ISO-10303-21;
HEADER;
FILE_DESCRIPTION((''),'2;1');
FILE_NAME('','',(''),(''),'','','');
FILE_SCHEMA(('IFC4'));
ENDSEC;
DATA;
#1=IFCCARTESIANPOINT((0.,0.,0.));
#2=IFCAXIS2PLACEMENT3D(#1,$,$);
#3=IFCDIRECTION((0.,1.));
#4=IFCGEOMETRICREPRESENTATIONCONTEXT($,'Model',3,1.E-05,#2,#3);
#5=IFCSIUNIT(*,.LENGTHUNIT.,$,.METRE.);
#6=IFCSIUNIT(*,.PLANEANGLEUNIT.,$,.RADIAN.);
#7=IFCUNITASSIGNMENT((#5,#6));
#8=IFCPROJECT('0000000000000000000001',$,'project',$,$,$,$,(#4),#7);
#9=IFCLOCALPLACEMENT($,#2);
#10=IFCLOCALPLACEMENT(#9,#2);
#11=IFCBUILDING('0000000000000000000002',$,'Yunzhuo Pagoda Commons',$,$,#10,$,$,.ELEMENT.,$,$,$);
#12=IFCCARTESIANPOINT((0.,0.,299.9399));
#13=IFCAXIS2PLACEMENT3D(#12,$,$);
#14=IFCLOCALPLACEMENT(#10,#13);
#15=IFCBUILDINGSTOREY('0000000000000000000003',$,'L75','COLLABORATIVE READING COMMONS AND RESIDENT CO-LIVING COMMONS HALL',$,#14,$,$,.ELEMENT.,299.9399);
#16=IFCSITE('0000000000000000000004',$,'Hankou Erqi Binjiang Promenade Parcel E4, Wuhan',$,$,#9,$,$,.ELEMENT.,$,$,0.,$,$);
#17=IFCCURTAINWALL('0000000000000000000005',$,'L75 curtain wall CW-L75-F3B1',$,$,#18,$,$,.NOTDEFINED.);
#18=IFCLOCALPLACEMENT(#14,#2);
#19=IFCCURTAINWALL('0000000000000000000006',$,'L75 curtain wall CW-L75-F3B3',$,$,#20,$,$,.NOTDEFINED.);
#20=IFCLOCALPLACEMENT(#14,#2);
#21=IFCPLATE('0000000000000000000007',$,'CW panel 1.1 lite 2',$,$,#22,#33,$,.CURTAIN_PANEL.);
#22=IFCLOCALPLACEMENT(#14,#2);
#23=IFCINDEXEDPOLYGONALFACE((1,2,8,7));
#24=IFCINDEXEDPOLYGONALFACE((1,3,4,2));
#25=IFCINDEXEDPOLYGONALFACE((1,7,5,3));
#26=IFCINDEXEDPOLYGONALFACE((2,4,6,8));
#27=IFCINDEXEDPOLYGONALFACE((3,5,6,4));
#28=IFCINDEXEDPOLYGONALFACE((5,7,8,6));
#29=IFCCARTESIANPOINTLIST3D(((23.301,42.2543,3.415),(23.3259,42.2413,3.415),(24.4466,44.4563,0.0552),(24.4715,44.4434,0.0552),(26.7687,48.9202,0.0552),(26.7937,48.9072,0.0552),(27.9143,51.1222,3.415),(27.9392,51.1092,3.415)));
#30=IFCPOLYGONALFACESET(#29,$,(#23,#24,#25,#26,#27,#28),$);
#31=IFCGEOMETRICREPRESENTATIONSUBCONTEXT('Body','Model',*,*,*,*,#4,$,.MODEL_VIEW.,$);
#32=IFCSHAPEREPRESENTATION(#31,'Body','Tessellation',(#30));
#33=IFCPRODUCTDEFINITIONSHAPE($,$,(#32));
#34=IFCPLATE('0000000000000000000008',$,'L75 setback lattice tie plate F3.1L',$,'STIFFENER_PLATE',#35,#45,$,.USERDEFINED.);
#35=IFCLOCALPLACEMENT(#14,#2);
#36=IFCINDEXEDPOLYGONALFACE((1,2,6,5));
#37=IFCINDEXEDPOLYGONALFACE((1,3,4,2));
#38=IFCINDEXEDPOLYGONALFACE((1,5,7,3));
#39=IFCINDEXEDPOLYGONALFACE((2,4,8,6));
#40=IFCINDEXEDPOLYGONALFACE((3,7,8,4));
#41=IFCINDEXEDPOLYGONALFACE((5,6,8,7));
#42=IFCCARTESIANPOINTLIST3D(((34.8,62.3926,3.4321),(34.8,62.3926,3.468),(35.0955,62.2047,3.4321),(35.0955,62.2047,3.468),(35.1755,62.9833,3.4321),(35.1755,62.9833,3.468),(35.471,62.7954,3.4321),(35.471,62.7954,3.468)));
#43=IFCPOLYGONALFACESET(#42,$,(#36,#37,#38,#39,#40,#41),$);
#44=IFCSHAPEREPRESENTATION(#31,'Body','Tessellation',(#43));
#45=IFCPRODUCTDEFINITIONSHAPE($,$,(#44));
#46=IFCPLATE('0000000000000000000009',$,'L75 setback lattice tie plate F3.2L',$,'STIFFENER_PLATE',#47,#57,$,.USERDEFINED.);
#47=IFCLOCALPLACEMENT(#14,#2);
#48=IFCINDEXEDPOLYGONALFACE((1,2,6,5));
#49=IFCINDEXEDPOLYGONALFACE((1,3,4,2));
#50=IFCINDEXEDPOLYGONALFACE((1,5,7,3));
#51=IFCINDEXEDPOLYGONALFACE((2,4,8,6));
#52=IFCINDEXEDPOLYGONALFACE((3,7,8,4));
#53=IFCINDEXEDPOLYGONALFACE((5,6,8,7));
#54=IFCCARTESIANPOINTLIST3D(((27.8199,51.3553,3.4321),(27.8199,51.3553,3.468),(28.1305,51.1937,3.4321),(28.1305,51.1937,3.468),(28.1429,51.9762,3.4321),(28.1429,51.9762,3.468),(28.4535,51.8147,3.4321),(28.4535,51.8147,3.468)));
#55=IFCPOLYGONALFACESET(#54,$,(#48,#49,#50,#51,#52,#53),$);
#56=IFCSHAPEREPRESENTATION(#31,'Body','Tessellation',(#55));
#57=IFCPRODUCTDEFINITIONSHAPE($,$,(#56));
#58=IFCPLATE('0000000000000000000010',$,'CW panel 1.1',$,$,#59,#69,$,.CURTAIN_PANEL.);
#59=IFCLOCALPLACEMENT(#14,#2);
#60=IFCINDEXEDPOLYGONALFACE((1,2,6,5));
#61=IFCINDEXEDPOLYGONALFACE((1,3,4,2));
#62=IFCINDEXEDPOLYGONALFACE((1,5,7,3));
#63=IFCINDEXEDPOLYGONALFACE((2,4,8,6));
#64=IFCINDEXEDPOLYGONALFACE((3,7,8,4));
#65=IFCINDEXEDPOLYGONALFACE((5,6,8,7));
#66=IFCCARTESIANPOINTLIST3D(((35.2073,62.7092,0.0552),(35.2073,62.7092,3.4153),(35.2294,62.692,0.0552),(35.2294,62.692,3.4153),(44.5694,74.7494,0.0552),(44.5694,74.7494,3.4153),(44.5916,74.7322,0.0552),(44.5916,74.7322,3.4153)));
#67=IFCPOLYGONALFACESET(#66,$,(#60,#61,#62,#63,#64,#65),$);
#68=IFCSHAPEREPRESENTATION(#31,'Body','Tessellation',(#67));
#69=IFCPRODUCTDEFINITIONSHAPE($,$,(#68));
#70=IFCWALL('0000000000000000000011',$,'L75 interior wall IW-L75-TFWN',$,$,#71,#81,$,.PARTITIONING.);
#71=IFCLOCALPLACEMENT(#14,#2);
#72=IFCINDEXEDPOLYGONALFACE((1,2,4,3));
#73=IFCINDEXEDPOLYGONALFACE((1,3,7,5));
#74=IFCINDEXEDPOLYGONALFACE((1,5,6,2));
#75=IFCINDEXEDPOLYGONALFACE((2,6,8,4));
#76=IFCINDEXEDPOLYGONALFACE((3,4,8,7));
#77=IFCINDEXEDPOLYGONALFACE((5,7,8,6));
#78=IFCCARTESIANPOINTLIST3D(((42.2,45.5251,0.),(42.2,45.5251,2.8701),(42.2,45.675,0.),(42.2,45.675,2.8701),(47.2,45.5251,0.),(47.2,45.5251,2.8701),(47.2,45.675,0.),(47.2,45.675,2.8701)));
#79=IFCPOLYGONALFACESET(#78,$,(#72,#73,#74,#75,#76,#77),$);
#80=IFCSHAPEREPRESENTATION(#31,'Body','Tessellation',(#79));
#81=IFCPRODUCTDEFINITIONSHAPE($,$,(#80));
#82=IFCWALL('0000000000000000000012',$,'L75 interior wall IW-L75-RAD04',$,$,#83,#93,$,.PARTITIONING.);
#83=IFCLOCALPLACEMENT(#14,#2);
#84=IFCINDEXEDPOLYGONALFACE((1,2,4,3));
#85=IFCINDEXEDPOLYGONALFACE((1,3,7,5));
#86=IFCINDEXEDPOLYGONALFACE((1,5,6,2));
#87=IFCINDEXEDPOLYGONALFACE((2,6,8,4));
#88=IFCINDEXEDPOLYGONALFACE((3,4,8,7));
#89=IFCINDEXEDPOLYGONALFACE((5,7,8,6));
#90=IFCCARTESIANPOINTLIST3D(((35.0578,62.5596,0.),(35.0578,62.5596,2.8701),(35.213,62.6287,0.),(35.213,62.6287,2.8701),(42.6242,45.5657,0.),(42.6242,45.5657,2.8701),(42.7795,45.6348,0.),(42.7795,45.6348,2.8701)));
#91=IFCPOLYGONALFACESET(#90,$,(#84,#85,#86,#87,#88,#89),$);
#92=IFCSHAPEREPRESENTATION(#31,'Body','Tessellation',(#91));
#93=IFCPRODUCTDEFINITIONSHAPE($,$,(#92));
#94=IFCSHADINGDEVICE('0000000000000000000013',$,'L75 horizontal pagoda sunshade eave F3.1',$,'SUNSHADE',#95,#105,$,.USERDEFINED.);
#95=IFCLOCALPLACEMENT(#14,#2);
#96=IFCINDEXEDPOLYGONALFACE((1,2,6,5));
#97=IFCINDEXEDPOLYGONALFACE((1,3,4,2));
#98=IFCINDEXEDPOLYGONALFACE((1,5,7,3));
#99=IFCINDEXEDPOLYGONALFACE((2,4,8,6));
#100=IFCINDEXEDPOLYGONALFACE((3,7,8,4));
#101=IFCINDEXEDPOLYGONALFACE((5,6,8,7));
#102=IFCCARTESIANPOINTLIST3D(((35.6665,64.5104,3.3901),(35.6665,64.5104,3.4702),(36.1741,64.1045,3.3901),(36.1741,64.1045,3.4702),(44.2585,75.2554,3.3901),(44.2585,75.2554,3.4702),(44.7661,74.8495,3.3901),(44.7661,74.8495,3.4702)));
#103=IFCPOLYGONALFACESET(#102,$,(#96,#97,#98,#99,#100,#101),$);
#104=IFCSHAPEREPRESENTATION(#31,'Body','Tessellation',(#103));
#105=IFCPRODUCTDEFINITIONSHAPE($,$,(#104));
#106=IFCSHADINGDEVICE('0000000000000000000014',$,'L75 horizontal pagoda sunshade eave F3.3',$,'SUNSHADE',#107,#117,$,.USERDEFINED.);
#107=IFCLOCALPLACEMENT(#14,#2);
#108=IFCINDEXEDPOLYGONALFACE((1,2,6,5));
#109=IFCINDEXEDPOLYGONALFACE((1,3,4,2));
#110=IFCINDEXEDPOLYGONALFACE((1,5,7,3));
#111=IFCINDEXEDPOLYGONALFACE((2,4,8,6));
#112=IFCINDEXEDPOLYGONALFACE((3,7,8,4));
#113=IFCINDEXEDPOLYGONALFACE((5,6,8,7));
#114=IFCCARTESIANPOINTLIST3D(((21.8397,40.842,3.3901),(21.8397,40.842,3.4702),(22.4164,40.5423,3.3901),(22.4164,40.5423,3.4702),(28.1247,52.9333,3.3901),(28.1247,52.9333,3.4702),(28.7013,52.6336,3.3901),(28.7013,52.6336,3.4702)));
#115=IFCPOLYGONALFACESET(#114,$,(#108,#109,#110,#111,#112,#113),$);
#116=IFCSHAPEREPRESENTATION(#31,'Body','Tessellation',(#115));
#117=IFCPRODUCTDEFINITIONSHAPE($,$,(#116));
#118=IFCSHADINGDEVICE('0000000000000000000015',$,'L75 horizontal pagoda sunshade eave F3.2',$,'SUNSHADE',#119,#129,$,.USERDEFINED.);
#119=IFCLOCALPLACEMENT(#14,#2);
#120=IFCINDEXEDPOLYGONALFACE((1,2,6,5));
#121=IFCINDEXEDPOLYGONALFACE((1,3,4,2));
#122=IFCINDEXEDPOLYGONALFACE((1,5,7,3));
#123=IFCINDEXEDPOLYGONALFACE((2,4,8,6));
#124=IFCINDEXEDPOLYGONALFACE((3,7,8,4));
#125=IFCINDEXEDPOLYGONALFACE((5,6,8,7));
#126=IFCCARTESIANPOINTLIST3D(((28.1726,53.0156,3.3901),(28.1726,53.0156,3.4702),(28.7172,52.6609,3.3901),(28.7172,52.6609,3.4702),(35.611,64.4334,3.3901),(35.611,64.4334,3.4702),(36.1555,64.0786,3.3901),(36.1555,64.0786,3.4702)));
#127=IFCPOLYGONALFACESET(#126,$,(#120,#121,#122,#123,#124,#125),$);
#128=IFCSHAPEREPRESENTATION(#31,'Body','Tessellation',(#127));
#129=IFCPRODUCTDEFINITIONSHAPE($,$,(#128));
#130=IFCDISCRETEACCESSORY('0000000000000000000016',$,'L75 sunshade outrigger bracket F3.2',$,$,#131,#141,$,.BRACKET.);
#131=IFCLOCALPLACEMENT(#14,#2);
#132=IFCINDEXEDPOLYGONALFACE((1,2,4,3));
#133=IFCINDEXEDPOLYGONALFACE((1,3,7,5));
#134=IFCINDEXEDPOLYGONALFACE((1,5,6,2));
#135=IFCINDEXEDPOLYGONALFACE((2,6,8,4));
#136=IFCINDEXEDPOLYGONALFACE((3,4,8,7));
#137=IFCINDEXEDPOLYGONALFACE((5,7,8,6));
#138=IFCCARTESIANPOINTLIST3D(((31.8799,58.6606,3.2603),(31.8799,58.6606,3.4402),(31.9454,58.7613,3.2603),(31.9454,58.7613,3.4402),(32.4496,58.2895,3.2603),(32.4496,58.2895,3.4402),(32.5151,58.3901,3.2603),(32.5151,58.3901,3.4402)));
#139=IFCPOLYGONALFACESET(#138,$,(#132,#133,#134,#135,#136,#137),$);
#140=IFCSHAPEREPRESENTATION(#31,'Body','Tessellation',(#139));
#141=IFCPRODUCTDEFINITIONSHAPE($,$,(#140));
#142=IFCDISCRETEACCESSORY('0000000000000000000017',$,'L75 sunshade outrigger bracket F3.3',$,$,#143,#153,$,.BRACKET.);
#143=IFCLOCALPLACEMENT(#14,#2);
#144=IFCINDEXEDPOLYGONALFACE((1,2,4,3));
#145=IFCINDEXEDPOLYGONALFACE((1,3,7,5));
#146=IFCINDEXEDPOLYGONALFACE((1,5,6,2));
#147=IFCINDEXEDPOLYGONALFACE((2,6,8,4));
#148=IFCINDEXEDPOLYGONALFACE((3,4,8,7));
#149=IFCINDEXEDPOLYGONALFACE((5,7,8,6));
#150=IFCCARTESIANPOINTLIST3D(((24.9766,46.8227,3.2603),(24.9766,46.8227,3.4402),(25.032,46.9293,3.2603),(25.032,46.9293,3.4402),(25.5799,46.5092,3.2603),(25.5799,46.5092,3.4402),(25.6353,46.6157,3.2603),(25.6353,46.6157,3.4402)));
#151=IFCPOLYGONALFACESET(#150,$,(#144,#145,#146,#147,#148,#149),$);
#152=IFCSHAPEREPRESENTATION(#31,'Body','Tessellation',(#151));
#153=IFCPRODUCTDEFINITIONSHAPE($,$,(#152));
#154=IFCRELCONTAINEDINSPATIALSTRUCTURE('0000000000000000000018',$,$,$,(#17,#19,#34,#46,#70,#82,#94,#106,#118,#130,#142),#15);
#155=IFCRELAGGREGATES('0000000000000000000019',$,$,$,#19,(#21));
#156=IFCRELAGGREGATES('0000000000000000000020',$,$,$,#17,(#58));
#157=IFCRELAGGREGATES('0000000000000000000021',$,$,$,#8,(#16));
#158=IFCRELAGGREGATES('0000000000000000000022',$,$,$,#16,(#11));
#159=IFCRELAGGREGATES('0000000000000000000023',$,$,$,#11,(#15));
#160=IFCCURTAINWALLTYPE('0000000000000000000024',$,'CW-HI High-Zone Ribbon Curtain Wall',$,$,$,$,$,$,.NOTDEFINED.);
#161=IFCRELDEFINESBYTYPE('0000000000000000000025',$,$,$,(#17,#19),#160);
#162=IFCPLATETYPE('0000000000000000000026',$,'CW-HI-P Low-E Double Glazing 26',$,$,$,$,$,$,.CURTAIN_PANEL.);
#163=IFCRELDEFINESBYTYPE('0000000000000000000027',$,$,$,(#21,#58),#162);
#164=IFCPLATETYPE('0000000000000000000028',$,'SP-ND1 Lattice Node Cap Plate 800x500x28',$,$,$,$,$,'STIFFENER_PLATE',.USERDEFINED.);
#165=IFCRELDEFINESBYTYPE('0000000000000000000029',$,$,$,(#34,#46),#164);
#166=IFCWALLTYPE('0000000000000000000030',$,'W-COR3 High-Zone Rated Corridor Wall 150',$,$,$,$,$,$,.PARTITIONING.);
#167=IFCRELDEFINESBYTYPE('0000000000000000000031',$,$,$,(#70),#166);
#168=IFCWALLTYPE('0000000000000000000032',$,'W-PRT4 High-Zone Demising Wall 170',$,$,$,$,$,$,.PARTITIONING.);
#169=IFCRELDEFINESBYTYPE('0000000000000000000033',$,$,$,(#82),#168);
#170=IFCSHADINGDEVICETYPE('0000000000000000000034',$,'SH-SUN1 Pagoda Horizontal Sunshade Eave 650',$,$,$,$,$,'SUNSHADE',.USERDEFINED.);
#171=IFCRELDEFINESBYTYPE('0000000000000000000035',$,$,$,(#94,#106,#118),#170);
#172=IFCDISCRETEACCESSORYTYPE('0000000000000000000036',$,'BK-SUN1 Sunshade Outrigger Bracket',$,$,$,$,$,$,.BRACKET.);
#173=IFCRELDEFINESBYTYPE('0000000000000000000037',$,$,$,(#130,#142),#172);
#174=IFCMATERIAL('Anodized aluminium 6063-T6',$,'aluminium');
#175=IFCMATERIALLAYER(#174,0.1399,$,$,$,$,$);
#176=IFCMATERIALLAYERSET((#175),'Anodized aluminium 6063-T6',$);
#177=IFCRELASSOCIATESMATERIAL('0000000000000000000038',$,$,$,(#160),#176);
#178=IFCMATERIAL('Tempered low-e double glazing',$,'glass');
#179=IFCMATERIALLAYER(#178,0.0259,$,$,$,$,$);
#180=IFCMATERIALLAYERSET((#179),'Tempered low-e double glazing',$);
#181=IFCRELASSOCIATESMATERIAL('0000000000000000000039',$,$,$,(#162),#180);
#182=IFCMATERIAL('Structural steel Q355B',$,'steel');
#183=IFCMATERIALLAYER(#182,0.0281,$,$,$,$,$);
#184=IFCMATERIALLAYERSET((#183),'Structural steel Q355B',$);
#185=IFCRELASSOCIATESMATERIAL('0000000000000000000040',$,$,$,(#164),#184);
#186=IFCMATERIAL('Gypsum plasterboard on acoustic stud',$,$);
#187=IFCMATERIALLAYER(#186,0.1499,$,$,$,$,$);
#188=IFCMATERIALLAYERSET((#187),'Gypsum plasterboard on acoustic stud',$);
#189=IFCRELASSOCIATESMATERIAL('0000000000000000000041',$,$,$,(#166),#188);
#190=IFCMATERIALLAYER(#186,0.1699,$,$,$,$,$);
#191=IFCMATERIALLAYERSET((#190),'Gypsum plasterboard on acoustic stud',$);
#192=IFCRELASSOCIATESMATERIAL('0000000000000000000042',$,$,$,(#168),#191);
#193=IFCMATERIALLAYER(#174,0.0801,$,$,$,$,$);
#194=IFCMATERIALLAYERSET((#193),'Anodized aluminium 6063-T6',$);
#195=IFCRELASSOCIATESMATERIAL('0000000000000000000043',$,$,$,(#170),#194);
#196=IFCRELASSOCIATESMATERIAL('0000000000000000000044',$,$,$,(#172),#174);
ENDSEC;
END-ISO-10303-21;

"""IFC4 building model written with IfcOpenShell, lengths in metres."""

from ifc_helpers import new_model, si_unit, direction, frame, frame_2d, origin, origin_2d, place, context, subcontext, project, spatial, polyline, rectangle, outline, extrude, source, transform, mapped, material, layer, layer_set, type_object, element, aggregate, save


model = new_model("IFC4")

# Units and contexts
model_context = context("Model", 3, precision=1e-05, world=origin(), true_north=direction((0.0, 1.0)))
body_context = subcontext(model_context, "Body", "Model", "MODEL_VIEW")
ifc_project = project(units=[si_unit("LENGTHUNIT", "METRE"), si_unit("PLANEANGLEUNIT", "RADIAN")], contexts=[model_context])

# Site, building, storey
site_placement = place(None, origin())
site = spatial("IfcSite", under=ifc_project, at=site_placement, Name="Hankou Erqi Binjiang Promenade Parcel E4, Wuhan", CompositionType="ELEMENT", RefElevation=0.0)
building_placement = place(site_placement, origin())
building = spatial("IfcBuilding", under=site, at=building_placement, Name="Yunzhuo Pagoda Commons", CompositionType="ELEMENT")
storey_placement = place(building_placement, frame((0.0, 0.0, 299.9399)))
storey = spatial("IfcBuildingStorey", under=building, at=storey_placement, Name="L75", Description="COLLABORATIVE READING COMMONS AND RESIDENT CO-LIVING COMMONS HALL", CompositionType="ELEMENT", Elevation=299.9399)

# Shared definitions
ifc_material_1 = material(Name="Structural steel Q355B", Category="steel")

# Curtain walls
ifc_material_2 = material(Name="Anodized aluminium 6063-T6", Category="aluminium")
ifc_layer_1 = layer(ifc_material_2, 0.1399)
ifc_layer_set_1 = layer_set([ifc_layer_1], Name="Anodized aluminium 6063-T6")
curtain_wall_type = type_object("IfcCurtainWallType", Name="CW-HI High-Zone Ribbon Curtain Wall", PredefinedType="NOTDEFINED", material=ifc_layer_set_1)
curtain_wall_1_placement = place(storey_placement, origin())
curtain_wall_1 = element("IfcCurtainWall", 1, at=curtain_wall_1_placement, inside=storey, type_object=curtain_wall_type, Name="L75 curtain wall CW-L75-F3B1", PredefinedType="NOTDEFINED")
curtain_wall_2_placement = place(storey_placement, origin())
curtain_wall_2 = element("IfcCurtainWall", 2, at=curtain_wall_2_placement, inside=storey, type_object=curtain_wall_type, Name="L75 curtain wall CW-L75-F3B3", PredefinedType="NOTDEFINED")

# Plate
ifc_material_3 = material(Name="Tempered low-e double glazing", Category="glass")
ifc_layer_2 = layer(ifc_material_3, 0.0259)
ifc_layer_set_2 = layer_set([ifc_layer_2], Name="Tempered low-e double glazing")
plate_type_1 = type_object("IfcPlateType", Name="CW-HI-P Low-E Double Glazing 26", PredefinedType="CURTAIN_PANEL", material=ifc_layer_set_2)
plate_1_placement = place(storey_placement, frame((25.6326, 46.6753, 1.7351), z_axis=(-0.887137, 0.461505, 0.0), x_axis=(-0.461505, -0.887137, 0.0)))
plate_1 = element("IfcPlate", 3, at=plate_1_placement, type_object=plate_type_1, Name="CW panel 1.1 lite 2", PredefinedType="CURTAIN_PANEL", context=body_context, shape_type="SweptSolid", body=[
    extrude(outline(polyline([(-4.998, 1.6799), (-2.5159, -1.6799), (2.5159, -1.6799), (4.998, 1.6799), (-4.998, 1.6799)])), origin(), (0.0, 0.0, 1.0), 0.0281),
])
aggregate(curtain_wall_2, [plate_1])

# Plates
ifc_layer_3 = layer(ifc_material_1, 0.0281)
ifc_layer_set_3 = layer_set([ifc_layer_3], Name="Structural steel Q355B")
plate_type_2 = type_object("IfcPlateType", Name="SP-ND1 Lattice Node Cap Plate 800x500x28", ElementType="STIFFENER_PLATE", PredefinedType="USERDEFINED", material=ifc_layer_set_3)
shared_shape_1 = source(origin(), body_context, "Body", "SweptSolid", [
    extrude(rectangle(XDim=0.7, YDim=0.3501, at=origin_2d()), origin(), (0.0, 0.0, 1.0), 0.0359),
])
for number, where, z_axis, x_axis, name in (
    (4, (35.1355, 62.594, 3.4321), (0.0, 0.0, 1.0), (-0.53649, -0.843907, 0.0), "L75 setback lattice tie plate F3.1L"),
    (5, (28.1367, 51.585, 3.4321), (0.0, 0.0, 1.0), (-0.461501, -0.88714, 0.0), "L75 setback lattice tie plate F3.2L"),
):
    element("IfcPlate", number, at=place(storey_placement, frame(where, z_axis=z_axis, x_axis=x_axis)), inside=storey, type_object=plate_type_2, Name=name, ObjectType="STIFFENER_PLATE", PredefinedType="USERDEFINED", context=body_context, shape_type="MappedRepresentation", body=[
        mapped(shared_shape_1, transform((0.0, 0.0, 0.0), scale=1.0)),
    ])

# Plate
shared_shape_2 = source(origin(), body_context, "Body", "SweptSolid", [
    extrude(rectangle(XDim=15.2517, YDim=0.0281, at=origin_2d()), origin(), (0.0, 0.0, 1.0), 3.3601),
])
plate_2_placement = place(storey_placement, frame((39.8994, 68.7207, 0.0552), z_axis=(0.0, 0.0, 1.0), x_axis=(-0.61384, -0.78943, 0.0)))
plate_2 = element("IfcPlate", 6, at=plate_2_placement, type_object=plate_type_1, Name="CW panel 1.1", PredefinedType="CURTAIN_PANEL", context=body_context, shape_type="MappedRepresentation", body=[
    mapped(shared_shape_2, transform((0.0, 0.0, 0.0), scale=1.0)),
])
aggregate(curtain_wall_1, [plate_2])

# Walls
ifc_material_4 = material(Name="Gypsum plasterboard on acoustic stud")
ifc_layer_4 = layer(ifc_material_4, 0.1499)
ifc_layer_set_4 = layer_set([ifc_layer_4], Name="Gypsum plasterboard on acoustic stud")
wall_type_1 = type_object("IfcWallType", Name="W-COR3 High-Zone Rated Corridor Wall 150", PredefinedType="PARTITIONING", material=ifc_layer_set_4)
wall_1_placement = place(storey_placement, frame((42.2, 45.6001, 0.0), z_axis=(0.0, 0.0, 1.0), x_axis=(1.0, 0.0, 0.0)))
element("IfcWall", 7, at=wall_1_placement, inside=storey, type_object=wall_type_1, Name="L75 interior wall IW-L75-TFWN", PredefinedType="PARTITIONING", context=body_context, shape_type="SweptSolid", body=[
    extrude(rectangle(XDim=5.0, YDim=0.1499, at=frame_2d((2.5, 0.0))), origin(), (0.0, 0.0, 1.0), 2.8701),
])
ifc_layer_5 = layer(ifc_material_4, 0.1699)
ifc_layer_set_5 = layer_set([ifc_layer_5], Name="Gypsum plasterboard on acoustic stud")
wall_type_2 = type_object("IfcWallType", Name="W-PRT4 High-Zone Demising Wall 170", PredefinedType="PARTITIONING", material=ifc_layer_set_5)
wall_2_placement = place(storey_placement, frame((42.7019, 45.6001, 0.0), z_axis=(0.0, 0.0, 1.0), x_axis=(-0.406747, 0.913541, 0.0)))
element("IfcWall", 8, at=wall_2_placement, inside=storey, type_object=wall_type_2, Name="L75 interior wall IW-L75-RAD04", PredefinedType="PARTITIONING", context=body_context, shape_type="SweptSolid", body=[
    extrude(rectangle(XDim=18.6023, YDim=0.1699, at=frame_2d((9.3013, 0.0))), origin(), (0.0, 0.0, 1.0), 2.8701),
])

# Shading devices
ifc_layer_6 = layer(ifc_material_2, 0.0801)
ifc_layer_set_6 = layer_set([ifc_layer_6], Name="Anodized aluminium 6063-T6")
shading_device_type = type_object("IfcShadingDeviceType", Name="SH-SUN1 Pagoda Horizontal Sunshade Eave 650", ElementType="SUNSHADE", PredefinedType="USERDEFINED", material=ifc_layer_set_6)
shared_shape_3 = source(origin(), body_context, "Body", "SweptSolid", [
    extrude(rectangle(XDim=13.7578, YDim=0.6499, at=origin_2d()), origin(), (0.0, 0.0, 1.0), 0.0801),
])
shading_device_1_placement = place(storey_placement, frame((40.2163, 69.6799, 3.3901), z_axis=(0.0, 0.0, 1.0), x_axis=(-0.62452, -0.781008, 0.0)))
element("IfcShadingDevice", 9, at=shading_device_1_placement, inside=storey, type_object=shading_device_type, Name="L75 horizontal pagoda sunshade eave F3.1", ObjectType="SUNSHADE", PredefinedType="USERDEFINED", context=body_context, shape_type="MappedRepresentation", body=[
    mapped(shared_shape_3, transform((0.0, 0.0, 0.0), scale=1.0)),
])
shared_shape_4 = source(origin(), body_context, "Body", "SweptSolid", [
    extrude(rectangle(XDim=13.6272, YDim=0.6499, at=origin_2d()), origin(), (0.0, 0.0, 1.0), 0.0801),
])
shading_device_2_placement = place(storey_placement, frame((25.2705, 46.7378, 3.3901), z_axis=(0.0, 0.0, 1.0), x_axis=(-0.461207, -0.887293, 0.0)))
element("IfcShadingDevice", 10, at=shading_device_2_placement, inside=storey, type_object=shading_device_type, Name="L75 horizontal pagoda sunshade eave F3.3", ObjectType="SUNSHADE", PredefinedType="USERDEFINED", context=body_context, shape_type="MappedRepresentation", body=[
    mapped(shared_shape_4, transform((0.0, 0.0, 0.0), scale=1.0)),
])
shared_shape_5 = source(origin(), body_context, "Body", "SweptSolid", [
    extrude(rectangle(XDim=13.627, YDim=0.6499, at=origin_2d()), origin(), (0.0, 0.0, 1.0), 0.0801),
])
shading_device_3_placement = place(storey_placement, frame((32.1641, 58.5471, 3.3901), z_axis=(0.0, 0.0, 1.0), x_axis=(-0.545853, -0.837881, 0.0)))
element("IfcShadingDevice", 11, at=shading_device_3_placement, inside=storey, type_object=shading_device_type, Name="L75 horizontal pagoda sunshade eave F3.2", ObjectType="SUNSHADE", PredefinedType="USERDEFINED", context=body_context, shape_type="MappedRepresentation", body=[
    mapped(shared_shape_5, transform((0.0, 0.0, 0.0), scale=1.0)),
])

# Discrete accessories
discrete_accessory_type = type_object("IfcDiscreteAccessoryType", Name="BK-SUN1 Sunshade Outrigger Bracket", PredefinedType="BRACKET", material=ifc_material_2)
shared_shape_6 = source(origin(), body_context, "Body", "SweptSolid", [
    extrude(rectangle(XDim=0.1201, YDim=0.6799, at=origin_2d()), origin(), (0.0, 0.0, 1.0), 0.1799),
])
for number, where, z_axis, x_axis, name in (
    (12, (32.1975, 58.5254, 3.2603), (0.0, 0.0, 1.0), (-0.545853, -0.837881, 0.0), "L75 sunshade outrigger bracket F3.2"),
    (13, (25.3059, 46.7192, 3.2603), (0.0, 0.0, 1.0), (-0.461207, -0.887293, 0.0), "L75 sunshade outrigger bracket F3.3"),
):
    element("IfcDiscreteAccessory", number, at=place(storey_placement, frame(where, z_axis=z_axis, x_axis=x_axis)), inside=storey, type_object=discrete_accessory_type, Name=name, PredefinedType="BRACKET", context=body_context, shape_type="MappedRepresentation", body=[
        mapped(shared_shape_6, transform((0.0, 0.0, 0.0), scale=1.0)),
    ])

save(model, "model.ifc")
